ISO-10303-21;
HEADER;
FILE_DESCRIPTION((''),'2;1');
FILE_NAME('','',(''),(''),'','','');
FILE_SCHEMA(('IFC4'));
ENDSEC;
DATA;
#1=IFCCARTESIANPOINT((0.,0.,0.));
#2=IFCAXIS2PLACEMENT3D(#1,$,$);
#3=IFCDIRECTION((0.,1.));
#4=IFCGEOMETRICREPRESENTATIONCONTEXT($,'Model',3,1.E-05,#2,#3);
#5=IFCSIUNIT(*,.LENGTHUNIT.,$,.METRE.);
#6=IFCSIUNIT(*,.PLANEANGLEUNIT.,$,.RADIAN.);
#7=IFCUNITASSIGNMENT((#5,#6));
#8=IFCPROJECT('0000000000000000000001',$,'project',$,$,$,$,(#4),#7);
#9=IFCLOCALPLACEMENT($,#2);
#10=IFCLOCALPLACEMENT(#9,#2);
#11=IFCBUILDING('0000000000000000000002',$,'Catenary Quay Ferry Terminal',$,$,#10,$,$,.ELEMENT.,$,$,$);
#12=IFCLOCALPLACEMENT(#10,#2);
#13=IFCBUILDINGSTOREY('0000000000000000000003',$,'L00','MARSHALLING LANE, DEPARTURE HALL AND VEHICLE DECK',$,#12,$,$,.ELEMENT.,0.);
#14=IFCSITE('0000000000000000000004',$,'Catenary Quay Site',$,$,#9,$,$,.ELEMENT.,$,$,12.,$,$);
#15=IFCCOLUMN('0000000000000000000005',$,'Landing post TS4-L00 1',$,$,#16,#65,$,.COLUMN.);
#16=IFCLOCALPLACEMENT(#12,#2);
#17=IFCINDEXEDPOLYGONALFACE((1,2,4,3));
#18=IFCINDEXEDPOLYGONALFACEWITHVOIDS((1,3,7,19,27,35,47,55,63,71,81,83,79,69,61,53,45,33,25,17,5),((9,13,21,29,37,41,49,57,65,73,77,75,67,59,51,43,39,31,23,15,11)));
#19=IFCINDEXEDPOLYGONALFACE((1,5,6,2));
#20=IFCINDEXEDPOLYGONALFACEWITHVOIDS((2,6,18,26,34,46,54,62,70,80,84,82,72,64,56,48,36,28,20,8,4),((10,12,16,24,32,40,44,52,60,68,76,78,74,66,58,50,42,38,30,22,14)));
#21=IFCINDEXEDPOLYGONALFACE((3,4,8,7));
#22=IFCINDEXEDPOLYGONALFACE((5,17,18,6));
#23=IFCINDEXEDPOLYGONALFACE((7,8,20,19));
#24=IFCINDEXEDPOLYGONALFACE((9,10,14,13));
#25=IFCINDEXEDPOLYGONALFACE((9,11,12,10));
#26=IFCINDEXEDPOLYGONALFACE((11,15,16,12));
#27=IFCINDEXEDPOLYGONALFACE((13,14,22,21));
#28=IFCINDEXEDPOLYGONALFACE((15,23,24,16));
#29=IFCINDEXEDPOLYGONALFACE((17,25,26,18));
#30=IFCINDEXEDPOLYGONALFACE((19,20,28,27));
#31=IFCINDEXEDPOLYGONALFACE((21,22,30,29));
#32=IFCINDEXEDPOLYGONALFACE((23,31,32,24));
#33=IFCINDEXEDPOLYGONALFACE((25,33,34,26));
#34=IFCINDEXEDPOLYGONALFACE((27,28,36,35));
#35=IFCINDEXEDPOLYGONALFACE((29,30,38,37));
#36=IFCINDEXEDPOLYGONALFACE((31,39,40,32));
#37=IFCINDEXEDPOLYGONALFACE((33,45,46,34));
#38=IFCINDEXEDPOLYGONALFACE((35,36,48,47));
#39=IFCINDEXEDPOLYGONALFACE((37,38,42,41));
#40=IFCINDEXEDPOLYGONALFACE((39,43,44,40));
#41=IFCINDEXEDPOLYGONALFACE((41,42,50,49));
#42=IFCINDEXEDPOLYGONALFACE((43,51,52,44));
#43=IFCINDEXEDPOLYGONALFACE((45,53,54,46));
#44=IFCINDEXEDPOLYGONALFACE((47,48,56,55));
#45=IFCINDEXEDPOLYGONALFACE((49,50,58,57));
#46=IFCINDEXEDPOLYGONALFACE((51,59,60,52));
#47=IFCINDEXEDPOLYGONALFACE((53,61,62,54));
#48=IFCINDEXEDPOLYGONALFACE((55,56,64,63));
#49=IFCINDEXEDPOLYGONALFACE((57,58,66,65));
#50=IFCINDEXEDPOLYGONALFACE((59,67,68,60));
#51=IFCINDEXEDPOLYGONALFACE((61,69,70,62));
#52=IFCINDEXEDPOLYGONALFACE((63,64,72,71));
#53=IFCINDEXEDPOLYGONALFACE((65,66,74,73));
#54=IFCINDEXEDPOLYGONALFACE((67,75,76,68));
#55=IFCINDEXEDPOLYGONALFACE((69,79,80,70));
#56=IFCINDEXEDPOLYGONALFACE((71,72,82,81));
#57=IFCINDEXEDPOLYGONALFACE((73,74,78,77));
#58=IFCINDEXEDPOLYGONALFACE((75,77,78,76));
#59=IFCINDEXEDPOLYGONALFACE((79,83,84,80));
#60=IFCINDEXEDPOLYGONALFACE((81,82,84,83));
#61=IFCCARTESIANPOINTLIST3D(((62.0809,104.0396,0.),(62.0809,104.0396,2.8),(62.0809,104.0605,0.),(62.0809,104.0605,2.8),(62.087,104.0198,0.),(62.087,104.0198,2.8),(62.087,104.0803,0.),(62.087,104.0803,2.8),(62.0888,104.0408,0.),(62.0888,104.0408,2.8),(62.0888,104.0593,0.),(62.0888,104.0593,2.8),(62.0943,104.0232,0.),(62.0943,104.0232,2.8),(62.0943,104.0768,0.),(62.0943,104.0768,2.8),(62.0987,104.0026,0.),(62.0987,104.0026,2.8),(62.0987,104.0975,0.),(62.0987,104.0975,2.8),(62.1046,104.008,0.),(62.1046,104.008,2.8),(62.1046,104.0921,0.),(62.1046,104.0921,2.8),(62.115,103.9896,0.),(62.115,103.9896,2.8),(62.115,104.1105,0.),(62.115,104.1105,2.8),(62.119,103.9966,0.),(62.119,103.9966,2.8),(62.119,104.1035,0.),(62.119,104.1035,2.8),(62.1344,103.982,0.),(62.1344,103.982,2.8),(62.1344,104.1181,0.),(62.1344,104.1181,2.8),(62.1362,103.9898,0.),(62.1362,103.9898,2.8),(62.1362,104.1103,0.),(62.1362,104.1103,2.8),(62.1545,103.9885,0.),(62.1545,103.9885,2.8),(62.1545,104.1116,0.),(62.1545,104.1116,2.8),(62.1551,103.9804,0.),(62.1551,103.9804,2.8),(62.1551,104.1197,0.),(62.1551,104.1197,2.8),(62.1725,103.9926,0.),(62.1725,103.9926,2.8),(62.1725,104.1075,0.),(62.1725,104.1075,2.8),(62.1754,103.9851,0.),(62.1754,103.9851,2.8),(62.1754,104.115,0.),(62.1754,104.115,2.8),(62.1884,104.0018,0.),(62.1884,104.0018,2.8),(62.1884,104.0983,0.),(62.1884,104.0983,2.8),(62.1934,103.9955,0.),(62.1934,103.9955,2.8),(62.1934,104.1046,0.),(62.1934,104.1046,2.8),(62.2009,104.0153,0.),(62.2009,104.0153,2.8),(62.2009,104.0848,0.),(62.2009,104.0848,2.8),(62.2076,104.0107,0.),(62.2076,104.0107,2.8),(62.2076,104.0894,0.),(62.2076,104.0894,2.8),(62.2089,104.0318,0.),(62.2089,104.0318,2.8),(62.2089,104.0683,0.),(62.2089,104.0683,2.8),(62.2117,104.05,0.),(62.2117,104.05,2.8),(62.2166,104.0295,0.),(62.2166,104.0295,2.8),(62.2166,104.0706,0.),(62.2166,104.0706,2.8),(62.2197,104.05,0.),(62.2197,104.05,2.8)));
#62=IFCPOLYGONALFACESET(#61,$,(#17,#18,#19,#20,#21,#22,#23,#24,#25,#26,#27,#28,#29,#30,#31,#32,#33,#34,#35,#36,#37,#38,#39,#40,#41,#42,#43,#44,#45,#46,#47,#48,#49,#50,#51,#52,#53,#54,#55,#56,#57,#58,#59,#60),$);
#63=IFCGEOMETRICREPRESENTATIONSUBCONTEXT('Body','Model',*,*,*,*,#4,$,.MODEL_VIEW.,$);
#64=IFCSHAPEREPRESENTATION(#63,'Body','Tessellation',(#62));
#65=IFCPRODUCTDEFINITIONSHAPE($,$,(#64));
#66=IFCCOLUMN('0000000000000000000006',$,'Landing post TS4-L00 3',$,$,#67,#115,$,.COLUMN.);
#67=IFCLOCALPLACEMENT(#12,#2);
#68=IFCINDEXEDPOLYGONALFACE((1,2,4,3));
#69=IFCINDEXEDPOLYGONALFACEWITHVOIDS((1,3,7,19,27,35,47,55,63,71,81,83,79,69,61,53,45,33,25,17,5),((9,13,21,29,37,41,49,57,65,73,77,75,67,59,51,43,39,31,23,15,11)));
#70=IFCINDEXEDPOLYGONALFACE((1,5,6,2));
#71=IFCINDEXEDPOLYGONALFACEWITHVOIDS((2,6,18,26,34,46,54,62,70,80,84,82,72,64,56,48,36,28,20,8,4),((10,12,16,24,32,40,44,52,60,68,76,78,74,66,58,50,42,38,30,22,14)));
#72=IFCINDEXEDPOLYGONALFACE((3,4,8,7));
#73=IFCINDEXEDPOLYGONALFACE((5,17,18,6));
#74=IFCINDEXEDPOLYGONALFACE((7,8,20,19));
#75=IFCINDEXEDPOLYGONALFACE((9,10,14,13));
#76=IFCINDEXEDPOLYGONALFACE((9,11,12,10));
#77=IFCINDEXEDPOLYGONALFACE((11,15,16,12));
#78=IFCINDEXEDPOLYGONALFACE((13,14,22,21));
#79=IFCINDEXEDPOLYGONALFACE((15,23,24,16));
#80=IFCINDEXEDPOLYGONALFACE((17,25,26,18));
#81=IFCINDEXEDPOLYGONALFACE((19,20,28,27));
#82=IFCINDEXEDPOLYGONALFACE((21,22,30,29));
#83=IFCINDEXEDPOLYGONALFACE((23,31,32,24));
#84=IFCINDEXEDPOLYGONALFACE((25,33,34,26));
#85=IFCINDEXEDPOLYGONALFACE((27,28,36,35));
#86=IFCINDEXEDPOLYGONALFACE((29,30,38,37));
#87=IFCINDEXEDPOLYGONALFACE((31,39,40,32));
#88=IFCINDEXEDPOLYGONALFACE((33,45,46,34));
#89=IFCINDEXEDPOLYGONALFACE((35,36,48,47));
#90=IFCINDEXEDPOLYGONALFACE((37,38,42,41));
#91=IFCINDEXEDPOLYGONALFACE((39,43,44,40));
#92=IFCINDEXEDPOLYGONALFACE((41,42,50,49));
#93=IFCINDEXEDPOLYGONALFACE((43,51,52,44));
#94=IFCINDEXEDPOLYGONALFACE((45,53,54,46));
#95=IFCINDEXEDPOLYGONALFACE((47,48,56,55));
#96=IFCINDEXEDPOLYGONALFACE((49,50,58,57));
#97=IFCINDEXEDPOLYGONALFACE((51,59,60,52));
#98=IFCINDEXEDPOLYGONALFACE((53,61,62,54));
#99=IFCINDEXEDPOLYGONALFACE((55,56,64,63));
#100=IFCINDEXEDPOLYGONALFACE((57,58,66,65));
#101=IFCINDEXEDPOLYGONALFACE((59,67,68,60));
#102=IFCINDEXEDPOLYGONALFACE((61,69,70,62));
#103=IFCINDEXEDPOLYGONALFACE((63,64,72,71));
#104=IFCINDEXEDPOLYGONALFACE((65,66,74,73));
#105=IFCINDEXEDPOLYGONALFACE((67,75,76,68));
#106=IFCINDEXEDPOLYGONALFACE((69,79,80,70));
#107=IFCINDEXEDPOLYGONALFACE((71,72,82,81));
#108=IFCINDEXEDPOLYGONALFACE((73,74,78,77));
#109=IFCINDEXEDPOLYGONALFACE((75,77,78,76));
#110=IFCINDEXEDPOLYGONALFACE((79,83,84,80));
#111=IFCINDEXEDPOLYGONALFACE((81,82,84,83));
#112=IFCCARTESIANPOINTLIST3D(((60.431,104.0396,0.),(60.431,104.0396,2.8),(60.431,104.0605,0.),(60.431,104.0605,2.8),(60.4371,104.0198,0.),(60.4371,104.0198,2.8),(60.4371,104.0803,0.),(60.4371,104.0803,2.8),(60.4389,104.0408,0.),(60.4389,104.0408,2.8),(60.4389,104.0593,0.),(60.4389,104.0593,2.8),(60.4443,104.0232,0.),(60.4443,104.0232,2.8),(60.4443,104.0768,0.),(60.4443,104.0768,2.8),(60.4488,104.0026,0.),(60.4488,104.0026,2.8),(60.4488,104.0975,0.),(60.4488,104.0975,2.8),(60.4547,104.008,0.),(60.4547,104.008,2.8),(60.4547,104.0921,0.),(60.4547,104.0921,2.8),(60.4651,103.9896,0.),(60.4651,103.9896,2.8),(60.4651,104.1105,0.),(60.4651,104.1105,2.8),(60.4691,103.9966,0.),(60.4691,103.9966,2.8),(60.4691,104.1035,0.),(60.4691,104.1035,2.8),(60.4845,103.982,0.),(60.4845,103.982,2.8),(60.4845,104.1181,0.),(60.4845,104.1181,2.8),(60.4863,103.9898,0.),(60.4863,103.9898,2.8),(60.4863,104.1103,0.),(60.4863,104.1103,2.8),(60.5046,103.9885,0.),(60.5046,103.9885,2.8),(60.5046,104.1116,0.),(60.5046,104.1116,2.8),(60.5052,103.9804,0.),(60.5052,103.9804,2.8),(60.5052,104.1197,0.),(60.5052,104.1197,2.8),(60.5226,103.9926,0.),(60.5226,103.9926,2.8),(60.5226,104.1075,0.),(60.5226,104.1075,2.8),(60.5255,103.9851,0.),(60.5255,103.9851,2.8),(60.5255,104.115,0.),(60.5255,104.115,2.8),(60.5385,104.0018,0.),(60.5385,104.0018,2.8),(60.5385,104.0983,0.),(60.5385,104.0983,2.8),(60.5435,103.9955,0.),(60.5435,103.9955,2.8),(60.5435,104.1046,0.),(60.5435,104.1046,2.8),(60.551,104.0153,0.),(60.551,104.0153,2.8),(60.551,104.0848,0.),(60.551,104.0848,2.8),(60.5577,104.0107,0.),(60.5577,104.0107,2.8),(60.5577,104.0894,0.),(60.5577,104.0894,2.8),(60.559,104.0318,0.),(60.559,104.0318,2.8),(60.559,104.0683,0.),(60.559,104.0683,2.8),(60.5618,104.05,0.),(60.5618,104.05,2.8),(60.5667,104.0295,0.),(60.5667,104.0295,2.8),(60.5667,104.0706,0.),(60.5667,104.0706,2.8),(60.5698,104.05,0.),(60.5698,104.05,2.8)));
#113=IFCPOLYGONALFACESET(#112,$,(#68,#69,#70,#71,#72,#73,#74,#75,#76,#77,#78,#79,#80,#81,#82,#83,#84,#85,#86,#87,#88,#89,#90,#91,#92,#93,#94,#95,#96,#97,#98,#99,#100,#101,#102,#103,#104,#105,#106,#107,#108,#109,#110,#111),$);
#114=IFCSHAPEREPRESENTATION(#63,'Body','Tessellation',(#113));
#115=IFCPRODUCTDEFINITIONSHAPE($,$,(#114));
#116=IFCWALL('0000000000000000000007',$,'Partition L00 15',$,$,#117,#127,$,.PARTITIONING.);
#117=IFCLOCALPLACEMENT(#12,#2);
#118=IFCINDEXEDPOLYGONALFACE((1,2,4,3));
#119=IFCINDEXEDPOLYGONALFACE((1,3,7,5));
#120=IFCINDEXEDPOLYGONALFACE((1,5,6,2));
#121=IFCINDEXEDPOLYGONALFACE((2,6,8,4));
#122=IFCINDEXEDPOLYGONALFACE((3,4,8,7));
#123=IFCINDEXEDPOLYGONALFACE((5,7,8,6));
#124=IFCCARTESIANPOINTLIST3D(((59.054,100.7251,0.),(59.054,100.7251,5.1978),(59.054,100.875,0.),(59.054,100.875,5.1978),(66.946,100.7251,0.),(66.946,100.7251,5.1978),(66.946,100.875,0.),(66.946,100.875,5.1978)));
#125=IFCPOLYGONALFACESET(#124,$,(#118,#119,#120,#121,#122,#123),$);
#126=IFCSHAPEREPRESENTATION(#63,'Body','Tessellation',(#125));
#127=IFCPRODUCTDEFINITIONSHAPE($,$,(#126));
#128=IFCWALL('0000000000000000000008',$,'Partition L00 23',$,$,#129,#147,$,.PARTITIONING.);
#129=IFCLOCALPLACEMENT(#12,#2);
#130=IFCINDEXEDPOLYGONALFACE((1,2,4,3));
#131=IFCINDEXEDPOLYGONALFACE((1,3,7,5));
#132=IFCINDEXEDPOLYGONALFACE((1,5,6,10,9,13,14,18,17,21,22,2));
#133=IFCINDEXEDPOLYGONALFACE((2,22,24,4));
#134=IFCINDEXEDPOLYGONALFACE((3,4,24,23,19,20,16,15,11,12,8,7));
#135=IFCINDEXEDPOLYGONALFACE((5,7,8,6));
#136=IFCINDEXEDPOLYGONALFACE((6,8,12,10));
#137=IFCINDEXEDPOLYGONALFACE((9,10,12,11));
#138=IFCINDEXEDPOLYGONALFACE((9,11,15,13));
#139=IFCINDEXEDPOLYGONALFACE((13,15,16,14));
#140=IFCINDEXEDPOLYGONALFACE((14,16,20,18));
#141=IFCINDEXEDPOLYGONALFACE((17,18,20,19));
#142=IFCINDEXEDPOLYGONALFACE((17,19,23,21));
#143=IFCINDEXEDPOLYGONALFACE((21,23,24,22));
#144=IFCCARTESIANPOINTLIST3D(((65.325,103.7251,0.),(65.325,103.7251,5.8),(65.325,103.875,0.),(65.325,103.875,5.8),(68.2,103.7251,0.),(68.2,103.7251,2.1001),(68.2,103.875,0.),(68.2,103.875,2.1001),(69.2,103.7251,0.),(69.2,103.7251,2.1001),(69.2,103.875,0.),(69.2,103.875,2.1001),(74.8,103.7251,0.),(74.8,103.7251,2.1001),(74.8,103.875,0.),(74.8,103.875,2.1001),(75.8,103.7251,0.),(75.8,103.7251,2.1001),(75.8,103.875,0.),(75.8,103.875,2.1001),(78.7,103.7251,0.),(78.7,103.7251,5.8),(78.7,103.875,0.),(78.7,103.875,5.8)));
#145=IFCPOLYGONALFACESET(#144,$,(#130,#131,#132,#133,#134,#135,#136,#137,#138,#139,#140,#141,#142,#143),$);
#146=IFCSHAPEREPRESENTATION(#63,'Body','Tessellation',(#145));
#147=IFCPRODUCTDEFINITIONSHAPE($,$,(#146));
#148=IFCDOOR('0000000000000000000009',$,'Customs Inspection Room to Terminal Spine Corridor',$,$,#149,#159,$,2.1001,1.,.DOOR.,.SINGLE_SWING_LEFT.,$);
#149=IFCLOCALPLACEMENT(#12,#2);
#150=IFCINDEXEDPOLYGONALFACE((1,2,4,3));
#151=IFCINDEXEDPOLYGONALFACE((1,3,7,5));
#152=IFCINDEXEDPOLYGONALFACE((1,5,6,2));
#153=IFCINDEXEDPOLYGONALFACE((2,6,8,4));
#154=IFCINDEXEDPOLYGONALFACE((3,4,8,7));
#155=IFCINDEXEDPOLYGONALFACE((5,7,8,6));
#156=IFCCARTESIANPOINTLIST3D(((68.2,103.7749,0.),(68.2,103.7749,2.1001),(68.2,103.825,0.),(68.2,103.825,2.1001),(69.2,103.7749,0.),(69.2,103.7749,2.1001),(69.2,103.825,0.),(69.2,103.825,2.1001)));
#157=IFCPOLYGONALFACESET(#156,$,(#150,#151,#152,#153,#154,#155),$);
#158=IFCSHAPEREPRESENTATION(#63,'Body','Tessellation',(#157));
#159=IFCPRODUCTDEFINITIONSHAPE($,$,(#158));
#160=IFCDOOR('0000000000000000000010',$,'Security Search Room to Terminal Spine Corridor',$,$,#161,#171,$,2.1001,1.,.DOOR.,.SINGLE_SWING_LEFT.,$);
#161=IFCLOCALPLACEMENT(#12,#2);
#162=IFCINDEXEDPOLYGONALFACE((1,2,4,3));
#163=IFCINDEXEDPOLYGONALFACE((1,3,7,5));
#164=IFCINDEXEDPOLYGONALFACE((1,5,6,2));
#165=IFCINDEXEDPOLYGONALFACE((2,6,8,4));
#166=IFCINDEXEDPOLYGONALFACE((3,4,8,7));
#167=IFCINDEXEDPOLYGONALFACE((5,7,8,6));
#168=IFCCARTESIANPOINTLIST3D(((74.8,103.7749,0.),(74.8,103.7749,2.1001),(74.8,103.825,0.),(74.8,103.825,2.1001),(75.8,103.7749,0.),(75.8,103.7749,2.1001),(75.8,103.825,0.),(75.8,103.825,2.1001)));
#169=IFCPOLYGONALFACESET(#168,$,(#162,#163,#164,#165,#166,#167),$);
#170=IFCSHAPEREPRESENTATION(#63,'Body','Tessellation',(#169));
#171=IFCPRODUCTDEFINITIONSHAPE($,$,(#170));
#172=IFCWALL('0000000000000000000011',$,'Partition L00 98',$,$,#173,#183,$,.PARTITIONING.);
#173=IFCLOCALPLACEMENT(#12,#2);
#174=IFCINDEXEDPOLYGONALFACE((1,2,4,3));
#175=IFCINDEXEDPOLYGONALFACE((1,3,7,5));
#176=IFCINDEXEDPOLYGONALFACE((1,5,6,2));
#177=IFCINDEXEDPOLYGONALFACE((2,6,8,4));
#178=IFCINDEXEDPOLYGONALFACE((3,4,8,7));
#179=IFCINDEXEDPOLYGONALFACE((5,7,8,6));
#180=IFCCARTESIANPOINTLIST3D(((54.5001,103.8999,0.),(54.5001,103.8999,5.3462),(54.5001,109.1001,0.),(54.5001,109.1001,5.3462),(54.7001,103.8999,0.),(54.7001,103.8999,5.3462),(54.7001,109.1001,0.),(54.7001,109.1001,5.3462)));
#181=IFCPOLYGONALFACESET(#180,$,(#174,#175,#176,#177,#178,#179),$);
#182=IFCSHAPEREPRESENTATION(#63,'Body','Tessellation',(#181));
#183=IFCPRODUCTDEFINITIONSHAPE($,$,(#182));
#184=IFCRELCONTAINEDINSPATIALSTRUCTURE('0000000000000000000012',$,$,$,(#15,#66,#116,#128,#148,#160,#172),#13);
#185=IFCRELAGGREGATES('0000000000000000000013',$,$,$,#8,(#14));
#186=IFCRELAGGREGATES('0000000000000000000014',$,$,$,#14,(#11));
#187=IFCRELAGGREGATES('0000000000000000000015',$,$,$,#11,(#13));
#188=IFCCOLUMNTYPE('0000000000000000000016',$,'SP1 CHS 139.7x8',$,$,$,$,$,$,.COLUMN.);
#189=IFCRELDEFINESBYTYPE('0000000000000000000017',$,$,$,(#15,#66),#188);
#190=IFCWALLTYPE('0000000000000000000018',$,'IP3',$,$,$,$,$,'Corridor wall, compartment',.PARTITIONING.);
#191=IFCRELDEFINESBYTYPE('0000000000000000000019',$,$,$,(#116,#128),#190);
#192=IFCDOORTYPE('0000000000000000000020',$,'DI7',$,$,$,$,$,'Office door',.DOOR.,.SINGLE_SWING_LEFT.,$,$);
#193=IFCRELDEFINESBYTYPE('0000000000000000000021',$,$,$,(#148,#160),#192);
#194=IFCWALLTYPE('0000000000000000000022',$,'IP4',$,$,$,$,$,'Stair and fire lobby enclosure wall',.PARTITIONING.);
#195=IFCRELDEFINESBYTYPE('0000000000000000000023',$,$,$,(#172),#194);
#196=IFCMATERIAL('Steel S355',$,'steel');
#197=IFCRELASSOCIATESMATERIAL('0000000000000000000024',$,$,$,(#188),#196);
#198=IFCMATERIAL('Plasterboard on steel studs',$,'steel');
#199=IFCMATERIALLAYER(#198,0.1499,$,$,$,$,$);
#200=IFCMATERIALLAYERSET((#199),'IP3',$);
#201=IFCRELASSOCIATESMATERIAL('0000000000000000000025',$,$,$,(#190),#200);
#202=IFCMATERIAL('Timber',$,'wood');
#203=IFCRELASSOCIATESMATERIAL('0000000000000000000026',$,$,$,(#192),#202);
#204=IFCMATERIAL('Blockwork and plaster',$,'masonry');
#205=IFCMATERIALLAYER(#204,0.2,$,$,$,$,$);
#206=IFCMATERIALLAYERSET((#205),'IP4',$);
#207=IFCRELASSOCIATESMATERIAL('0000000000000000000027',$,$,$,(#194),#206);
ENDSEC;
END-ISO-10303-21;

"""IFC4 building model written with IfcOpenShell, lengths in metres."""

from ifc_helpers import new_model, si_unit, direction, frame, frame_2d, origin, origin_2d, place, context, subcontext, project, spatial, rectangle, hollow_circle, extrude, material, layer, layer_set, material_profile, profile_set, type_object, element, fill, save


model = new_model("IFC4")

# Units and contexts
model_context = context("Model", 3, precision=1e-05, world=origin(), true_north=direction((0.0, 1.0)))
body_context = subcontext(model_context, "Body", "Model", "MODEL_VIEW")
ifc_project = project(units=[si_unit("LENGTHUNIT", "METRE"), si_unit("PLANEANGLEUNIT", "RADIAN")], contexts=[model_context])

# Site, building, storey
site_placement = place(None, origin())
site = spatial("IfcSite", under=ifc_project, at=site_placement, Name="Catenary Quay Site", CompositionType="ELEMENT", RefElevation=12.0)
building_placement = place(site_placement, origin())
building = spatial("IfcBuilding", under=site, at=building_placement, Name="Catenary Quay Ferry Terminal", CompositionType="ELEMENT")
storey_placement = place(building_placement, origin())
storey = spatial("IfcBuildingStorey", under=building, at=storey_placement, Name="L00", Description="MARSHALLING LANE, DEPARTURE HALL AND VEHICLE DECK", CompositionType="ELEMENT", Elevation=0.0)

# Columns
ifc_material_1 = material(Name="Steel S355", Category="steel")
ifc_material_profile_1 = material_profile(ifc_material_1, hollow_circle(Radius=0.0698, WallThickness=0.0081, at=origin_2d()), Name="CHS 139.7x8")
ifc_profile_set_1 = profile_set([ifc_material_profile_1], Name="Steel S355")
column_type_1 = type_object("IfcColumnType", Name="SP1 CHS 139.7x8", PredefinedType="COLUMN", material=ifc_profile_set_1)
for number, where, z_axis, x_axis, name in (
    (1, (62.1499, 104.05, 0.0), (0.0, 0.0, 1.0), (1.0, 0.0, 0.0), "Landing post TS4-L00 1"),
    (2, (60.5, 104.05, 0.0), (0.0, 0.0, 1.0), (1.0, 0.0, 0.0), "Landing post TS4-L00 3"),
):
    element("IfcColumn", number, at=place(storey_placement, frame(where, z_axis=z_axis, x_axis=x_axis)), inside=storey, type_object=column_type_1, Name=name, PredefinedType="COLUMN", context=body_context, shape_type="SweptSolid", body=[
        extrude(hollow_circle(Radius=0.0698, WallThickness=0.0081, at=origin_2d()), origin(), (0.0, 0.0, 1.0), 2.8),
    ])

# Wall
ifc_material_2 = material(Name="Plasterboard on steel studs", Category="steel")
ifc_layer_1 = layer(ifc_material_2, 0.1499)
ifc_layer_set_1 = layer_set([ifc_layer_1], Name="IP3")
wall_type_1 = type_object("IfcWallType", Name="IP3", ElementType="Corridor wall, compartment", PredefinedType="PARTITIONING", material=ifc_layer_set_1)
wall_1_placement = place(storey_placement, frame((59.054, 100.8, 0.0), z_axis=(0.0, 0.0, 1.0), x_axis=(1.0, 0.0, 0.0)))
element("IfcWall", 3, at=wall_1_placement, inside=storey, type_object=wall_type_1, Name="Partition L00 15", PredefinedType="PARTITIONING", context=body_context, shape_type="SweptSolid", body=[
    extrude(rectangle(XDim=7.8921, YDim=0.1499, at=frame_2d((3.946, 0.0))), origin(), (0.0, 0.0, 1.0), 5.1978),
])

# Wall, openings, doors
wall_2_placement = place(storey_placement, frame((65.325, 103.8, 0.0), z_axis=(0.0, 0.0, 1.0), x_axis=(1.0, 0.0, 0.0)))
wall_2 = element("IfcWall", 4, at=wall_2_placement, inside=storey, type_object=wall_type_1, Name="Partition L00 23", PredefinedType="PARTITIONING", context=body_context, shape_type="SweptSolid", body=[
    extrude(rectangle(XDim=13.375, YDim=0.1499, at=frame_2d((6.6875, 0.0))), origin(), (0.0, 0.0, 1.0), 5.8),
])
opening_1_placement = place(wall_2_placement, frame((2.875, 0.0, 0.0)))
opening_1 = element("IfcOpeningElement", 5, at=opening_1_placement, cuts=wall_2, PredefinedType="OPENING", context=body_context, shape_type="SweptSolid", body=[
    extrude(rectangle(XDim=1.0, YDim=2.1001, at=frame_2d((0.5, 1.05))), frame((0.0, 0.085, 0.0), z_axis=(0.0, -1.0, 0.0), x_axis=(1.0, 0.0, 0.0)), (0.0, 0.0, 1.0), 0.1699),
])
opening_2_placement = place(wall_2_placement, frame((9.4751, 0.0, 0.0)))
opening_2 = element("IfcOpeningElement", 6, at=opening_2_placement, cuts=wall_2, PredefinedType="OPENING", context=body_context, shape_type="SweptSolid", body=[
    extrude(rectangle(XDim=1.0, YDim=2.1001, at=frame_2d((0.5, 1.05))), frame((0.0, 0.085, 0.0), z_axis=(0.0, -1.0, 0.0), x_axis=(1.0, 0.0, 0.0)), (0.0, 0.0, 1.0), 0.1699),
])
ifc_material_3 = material(Name="Timber", Category="wood")
door_type_1 = type_object("IfcDoorType", Name="DI7", ElementType="Office door", OperationType="SINGLE_SWING_LEFT", PredefinedType="DOOR", material=ifc_material_3)
door_1_placement = place(opening_1_placement, origin())
door_1 = element("IfcDoor", 7, at=door_1_placement, inside=storey, type_object=door_type_1, Name="Customs Inspection Room to Terminal Spine Corridor", OperationType="SINGLE_SWING_LEFT", OverallHeight=2.1001, OverallWidth=1.0, PredefinedType="DOOR", context=body_context, shape_type="SweptSolid", body=[
    extrude(rectangle(XDim=1.0, YDim=2.1001, at=frame_2d((0.5, 1.05))), frame((0.0, 0.0249, 0.0), z_axis=(0.0, -1.0, 0.0), x_axis=(1.0, 0.0, 0.0)), (0.0, 0.0, 1.0), 0.05),
])
fill(opening_1, door_1)
door_2_placement = place(opening_2_placement, origin())
door_2 = element("IfcDoor", 8, at=door_2_placement, inside=storey, type_object=door_type_1, Name="Security Search Room to Terminal Spine Corridor", OperationType="SINGLE_SWING_LEFT", OverallHeight=2.1001, OverallWidth=1.0, PredefinedType="DOOR", context=body_context, shape_type="SweptSolid", body=[
    extrude(rectangle(XDim=1.0, YDim=2.1001, at=frame_2d((0.5, 1.05))), frame((0.0, 0.0249, 0.0), z_axis=(0.0, -1.0, 0.0), x_axis=(1.0, 0.0, 0.0)), (0.0, 0.0, 1.0), 0.05),
])
fill(opening_2, door_2)

# Wall
ifc_material_4 = material(Name="Blockwork and plaster", Category="masonry")
ifc_layer_2 = layer(ifc_material_4, 0.2)
ifc_layer_set_2 = layer_set([ifc_layer_2], Name="IP4")
wall_type_2 = type_object("IfcWallType", Name="IP4", ElementType="Stair and fire lobby enclosure wall", PredefinedType="PARTITIONING", material=ifc_layer_set_2)
wall_3_placement = place(storey_placement, frame((54.6001, 103.8999, 0.0), z_axis=(0.0, 0.0, 1.0), x_axis=(0.0, 1.0, 0.0)))
element("IfcWall", 9, at=wall_3_placement, inside=storey, type_object=wall_type_2, Name="Partition L00 98", PredefinedType="PARTITIONING", context=body_context, shape_type="SweptSolid", body=[
    extrude(rectangle(XDim=5.2002, YDim=0.2, at=frame_2d((2.6001, 0.0))), origin(), (0.0, 0.0, 1.0), 5.3462),
])

save(model, "model.ifc")
